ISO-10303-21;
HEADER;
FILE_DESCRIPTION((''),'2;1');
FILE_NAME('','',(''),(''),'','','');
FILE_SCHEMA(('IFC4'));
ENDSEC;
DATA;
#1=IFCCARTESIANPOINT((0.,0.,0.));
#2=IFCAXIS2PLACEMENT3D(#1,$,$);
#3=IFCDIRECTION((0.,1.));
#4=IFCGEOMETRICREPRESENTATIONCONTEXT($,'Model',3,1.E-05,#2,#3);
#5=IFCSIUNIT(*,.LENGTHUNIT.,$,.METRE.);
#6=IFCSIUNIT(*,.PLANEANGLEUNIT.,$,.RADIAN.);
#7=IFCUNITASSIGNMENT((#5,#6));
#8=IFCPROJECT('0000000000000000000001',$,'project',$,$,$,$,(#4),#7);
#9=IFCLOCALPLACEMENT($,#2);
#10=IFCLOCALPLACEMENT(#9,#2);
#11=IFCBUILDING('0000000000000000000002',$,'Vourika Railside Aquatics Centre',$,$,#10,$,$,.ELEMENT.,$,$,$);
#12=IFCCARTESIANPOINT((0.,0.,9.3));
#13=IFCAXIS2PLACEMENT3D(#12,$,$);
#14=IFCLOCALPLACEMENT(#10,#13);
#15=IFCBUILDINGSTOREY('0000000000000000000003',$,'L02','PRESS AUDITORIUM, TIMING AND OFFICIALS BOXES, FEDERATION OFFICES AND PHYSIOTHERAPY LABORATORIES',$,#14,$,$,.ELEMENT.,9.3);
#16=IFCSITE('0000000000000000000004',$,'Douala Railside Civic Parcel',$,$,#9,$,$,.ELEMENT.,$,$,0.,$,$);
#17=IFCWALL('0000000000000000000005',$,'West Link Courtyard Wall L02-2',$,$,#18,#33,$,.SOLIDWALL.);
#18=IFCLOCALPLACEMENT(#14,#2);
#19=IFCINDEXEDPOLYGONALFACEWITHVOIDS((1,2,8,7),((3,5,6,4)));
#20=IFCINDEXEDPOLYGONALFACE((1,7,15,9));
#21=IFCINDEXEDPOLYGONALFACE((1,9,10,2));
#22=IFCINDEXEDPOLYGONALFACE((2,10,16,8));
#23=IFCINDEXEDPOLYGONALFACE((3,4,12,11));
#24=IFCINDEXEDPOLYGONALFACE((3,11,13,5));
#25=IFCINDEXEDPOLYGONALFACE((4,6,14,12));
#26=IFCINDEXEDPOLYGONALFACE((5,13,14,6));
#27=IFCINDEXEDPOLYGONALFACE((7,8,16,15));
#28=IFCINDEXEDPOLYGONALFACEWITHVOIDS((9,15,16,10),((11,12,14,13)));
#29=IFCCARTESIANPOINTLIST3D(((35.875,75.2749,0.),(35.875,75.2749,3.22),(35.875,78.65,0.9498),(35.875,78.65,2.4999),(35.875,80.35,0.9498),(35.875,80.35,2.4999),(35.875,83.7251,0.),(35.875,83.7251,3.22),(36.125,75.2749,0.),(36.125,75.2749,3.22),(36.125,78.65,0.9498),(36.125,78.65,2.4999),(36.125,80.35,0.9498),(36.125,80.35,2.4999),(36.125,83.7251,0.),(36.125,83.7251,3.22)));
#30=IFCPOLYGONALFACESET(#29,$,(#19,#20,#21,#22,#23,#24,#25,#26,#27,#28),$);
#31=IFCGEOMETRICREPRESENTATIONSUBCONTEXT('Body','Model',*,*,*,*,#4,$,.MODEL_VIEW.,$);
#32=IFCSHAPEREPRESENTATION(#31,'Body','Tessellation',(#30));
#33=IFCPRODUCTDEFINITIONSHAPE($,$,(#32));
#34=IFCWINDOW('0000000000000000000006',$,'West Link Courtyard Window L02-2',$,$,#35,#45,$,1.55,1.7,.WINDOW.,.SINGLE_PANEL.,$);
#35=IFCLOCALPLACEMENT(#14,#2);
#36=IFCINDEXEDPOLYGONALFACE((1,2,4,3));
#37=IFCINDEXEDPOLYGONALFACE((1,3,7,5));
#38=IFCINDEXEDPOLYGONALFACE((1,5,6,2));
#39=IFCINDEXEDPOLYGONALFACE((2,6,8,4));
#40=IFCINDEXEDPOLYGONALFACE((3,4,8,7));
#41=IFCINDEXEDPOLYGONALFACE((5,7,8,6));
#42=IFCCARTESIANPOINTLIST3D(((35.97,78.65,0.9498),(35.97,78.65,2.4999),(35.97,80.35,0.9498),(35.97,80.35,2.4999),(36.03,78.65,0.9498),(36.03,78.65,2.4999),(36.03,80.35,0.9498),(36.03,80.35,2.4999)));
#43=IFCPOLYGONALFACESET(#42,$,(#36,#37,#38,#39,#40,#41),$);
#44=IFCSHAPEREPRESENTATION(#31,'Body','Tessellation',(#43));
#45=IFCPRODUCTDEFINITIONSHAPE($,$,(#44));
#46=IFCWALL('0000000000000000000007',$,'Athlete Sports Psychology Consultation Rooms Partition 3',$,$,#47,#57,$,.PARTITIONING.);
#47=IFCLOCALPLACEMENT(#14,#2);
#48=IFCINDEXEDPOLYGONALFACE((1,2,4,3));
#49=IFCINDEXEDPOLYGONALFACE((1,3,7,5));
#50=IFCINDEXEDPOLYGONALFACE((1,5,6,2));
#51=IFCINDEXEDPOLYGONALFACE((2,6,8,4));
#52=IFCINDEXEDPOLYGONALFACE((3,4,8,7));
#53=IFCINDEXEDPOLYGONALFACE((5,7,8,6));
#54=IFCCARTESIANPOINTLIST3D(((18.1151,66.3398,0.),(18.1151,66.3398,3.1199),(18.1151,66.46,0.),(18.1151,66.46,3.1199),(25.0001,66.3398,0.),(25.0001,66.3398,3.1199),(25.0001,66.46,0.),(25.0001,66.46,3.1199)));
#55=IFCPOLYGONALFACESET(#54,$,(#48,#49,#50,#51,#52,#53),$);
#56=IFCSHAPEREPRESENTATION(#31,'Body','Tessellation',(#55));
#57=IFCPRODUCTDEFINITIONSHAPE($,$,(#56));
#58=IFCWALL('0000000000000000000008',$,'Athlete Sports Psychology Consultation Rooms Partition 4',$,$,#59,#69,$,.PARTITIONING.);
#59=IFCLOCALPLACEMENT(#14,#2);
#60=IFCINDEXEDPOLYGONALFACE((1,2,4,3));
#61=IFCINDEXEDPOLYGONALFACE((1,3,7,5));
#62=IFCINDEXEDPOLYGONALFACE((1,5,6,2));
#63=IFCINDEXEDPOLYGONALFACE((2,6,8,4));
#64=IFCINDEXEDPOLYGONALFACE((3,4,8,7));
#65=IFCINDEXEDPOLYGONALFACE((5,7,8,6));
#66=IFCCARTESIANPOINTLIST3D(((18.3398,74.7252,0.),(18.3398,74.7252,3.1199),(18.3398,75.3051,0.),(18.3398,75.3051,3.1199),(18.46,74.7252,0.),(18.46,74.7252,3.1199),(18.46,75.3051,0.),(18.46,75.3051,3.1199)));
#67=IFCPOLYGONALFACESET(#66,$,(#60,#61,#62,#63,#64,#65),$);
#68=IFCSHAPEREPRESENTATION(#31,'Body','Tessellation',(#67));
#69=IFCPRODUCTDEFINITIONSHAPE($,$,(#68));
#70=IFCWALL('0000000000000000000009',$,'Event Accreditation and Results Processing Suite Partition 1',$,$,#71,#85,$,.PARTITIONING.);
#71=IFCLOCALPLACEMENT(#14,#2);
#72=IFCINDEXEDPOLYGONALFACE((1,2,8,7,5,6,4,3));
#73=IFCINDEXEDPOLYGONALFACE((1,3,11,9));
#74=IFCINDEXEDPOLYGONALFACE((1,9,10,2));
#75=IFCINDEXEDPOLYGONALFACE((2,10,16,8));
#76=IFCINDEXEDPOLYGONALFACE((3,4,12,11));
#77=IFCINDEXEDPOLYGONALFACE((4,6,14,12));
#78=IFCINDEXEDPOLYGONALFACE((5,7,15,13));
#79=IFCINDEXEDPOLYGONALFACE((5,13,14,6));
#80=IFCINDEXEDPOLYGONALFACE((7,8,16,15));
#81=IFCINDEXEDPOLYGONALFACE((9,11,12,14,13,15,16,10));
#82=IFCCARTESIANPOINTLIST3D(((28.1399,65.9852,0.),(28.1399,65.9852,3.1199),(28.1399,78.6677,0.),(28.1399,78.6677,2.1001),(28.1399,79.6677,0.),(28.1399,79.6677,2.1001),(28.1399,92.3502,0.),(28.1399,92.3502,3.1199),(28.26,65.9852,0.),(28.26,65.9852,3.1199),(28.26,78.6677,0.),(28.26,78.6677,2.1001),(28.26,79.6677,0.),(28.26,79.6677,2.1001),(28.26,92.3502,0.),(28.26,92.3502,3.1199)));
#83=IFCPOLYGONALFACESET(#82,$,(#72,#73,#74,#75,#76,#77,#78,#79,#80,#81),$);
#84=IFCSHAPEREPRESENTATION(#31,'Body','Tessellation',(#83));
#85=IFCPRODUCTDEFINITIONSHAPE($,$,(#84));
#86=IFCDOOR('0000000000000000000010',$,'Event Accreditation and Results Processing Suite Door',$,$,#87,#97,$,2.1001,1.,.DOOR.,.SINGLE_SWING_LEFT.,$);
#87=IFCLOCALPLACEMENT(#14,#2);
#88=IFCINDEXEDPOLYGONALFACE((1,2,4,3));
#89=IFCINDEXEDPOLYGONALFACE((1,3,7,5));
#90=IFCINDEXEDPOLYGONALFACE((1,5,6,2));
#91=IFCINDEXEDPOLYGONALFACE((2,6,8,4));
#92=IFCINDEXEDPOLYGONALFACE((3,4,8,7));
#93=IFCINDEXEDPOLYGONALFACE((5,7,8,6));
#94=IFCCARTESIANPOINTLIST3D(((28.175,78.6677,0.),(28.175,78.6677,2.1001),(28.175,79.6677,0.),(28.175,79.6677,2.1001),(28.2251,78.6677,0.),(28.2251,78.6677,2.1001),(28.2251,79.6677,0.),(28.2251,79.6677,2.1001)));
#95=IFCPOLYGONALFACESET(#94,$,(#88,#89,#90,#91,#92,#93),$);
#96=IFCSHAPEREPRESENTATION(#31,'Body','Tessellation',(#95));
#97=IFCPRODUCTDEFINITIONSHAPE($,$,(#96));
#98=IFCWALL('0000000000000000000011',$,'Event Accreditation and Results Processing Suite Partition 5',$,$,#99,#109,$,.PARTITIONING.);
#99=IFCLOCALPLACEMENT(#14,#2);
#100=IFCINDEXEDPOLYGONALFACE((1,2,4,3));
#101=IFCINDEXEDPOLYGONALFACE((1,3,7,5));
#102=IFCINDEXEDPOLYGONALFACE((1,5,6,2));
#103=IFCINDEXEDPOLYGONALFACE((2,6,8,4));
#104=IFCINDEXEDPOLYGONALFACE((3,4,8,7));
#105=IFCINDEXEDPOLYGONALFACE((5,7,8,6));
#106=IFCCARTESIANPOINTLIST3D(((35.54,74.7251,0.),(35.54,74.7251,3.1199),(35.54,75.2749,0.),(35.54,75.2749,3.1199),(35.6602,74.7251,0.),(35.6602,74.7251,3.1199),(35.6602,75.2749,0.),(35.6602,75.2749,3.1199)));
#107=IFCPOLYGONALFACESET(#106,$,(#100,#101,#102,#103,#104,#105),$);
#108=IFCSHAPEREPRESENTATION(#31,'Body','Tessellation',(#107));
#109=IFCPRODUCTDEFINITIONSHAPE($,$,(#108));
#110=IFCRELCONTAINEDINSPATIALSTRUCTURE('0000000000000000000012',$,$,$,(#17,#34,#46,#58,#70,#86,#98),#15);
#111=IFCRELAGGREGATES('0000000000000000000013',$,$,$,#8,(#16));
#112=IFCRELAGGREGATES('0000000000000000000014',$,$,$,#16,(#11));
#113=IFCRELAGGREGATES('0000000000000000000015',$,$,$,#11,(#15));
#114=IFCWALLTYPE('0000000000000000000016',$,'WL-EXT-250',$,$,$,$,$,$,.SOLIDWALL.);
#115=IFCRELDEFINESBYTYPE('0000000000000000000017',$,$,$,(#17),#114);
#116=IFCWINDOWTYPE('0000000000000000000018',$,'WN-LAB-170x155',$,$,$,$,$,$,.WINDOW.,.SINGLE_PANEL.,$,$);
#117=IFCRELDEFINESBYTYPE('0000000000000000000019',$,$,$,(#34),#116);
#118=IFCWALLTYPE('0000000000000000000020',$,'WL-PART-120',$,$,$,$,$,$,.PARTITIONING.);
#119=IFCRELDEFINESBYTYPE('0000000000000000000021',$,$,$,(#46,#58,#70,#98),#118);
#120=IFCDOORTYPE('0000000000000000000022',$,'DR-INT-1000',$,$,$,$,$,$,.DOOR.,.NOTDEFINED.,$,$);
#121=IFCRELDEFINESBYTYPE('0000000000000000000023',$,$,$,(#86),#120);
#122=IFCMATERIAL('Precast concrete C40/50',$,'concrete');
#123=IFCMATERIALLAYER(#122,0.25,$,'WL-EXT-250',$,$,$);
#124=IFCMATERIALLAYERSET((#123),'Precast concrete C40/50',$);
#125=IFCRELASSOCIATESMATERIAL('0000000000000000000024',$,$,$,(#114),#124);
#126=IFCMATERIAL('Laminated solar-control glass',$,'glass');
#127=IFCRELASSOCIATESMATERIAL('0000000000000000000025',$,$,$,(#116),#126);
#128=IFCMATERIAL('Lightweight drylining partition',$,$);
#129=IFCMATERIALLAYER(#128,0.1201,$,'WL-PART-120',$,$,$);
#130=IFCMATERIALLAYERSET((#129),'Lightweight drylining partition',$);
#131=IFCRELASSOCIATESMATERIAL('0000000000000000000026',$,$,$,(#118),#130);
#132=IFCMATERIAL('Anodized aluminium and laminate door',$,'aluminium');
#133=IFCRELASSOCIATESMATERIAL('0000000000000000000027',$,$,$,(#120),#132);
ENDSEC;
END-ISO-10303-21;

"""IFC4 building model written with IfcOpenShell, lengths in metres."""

from ifc_helpers import new_model, si_unit, direction, frame, frame_2d, origin, place, context, subcontext, project, spatial, rectangle, extrude, material, layer, layer_set, type_object, element, fill, save


model = new_model("IFC4")

# Units and contexts
model_context = context("Model", 3, precision=1e-05, world=origin(), true_north=direction((0.0, 1.0)))
body_context = subcontext(model_context, "Body", "Model", "MODEL_VIEW")
ifc_project = project(units=[si_unit("LENGTHUNIT", "METRE"), si_unit("PLANEANGLEUNIT", "RADIAN")], contexts=[model_context])

# Site, building, storey
site_placement = place(None, origin())
site = spatial("IfcSite", under=ifc_project, at=site_placement, Name="Douala Railside Civic Parcel", CompositionType="ELEMENT", RefElevation=0.0)
building_placement = place(site_placement, origin())
building = spatial("IfcBuilding", under=site, at=building_placement, Name="Vourika Railside Aquatics Centre", CompositionType="ELEMENT")
storey_placement = place(building_placement, frame((0.0, 0.0, 9.3)))
storey = spatial("IfcBuildingStorey", under=building, at=storey_placement, Name="L02", Description="PRESS AUDITORIUM, TIMING AND OFFICIALS BOXES, FEDERATION OFFICES AND PHYSIOTHERAPY LABORATORIES", CompositionType="ELEMENT", Elevation=9.3)

# Shared definitions
ifc_material_1 = material(Name="Precast concrete C40/50", Category="concrete")
ifc_layer_1 = layer(ifc_material_1, 0.25, Name="WL-EXT-250")
ifc_layer_set_1 = layer_set([ifc_layer_1], Name="Precast concrete C40/50")
wall_type_1 = type_object("IfcWallType", Name="WL-EXT-250", PredefinedType="SOLIDWALL", material=ifc_layer_set_1)

# Wall, opening, window
ifc_material_2 = material(Name="Laminated solar-control glass", Category="glass")
window_type = type_object("IfcWindowType", Name="WN-LAB-170x155", PartitioningType="SINGLE_PANEL", PredefinedType="WINDOW", material=ifc_material_2)
wall_1_placement = place(storey_placement, frame((36.0, 75.2749, 0.0), z_axis=(0.0, 0.0, 1.0), x_axis=(0.0, 1.0, 0.0)))
wall_1 = element("IfcWall", 1, at=wall_1_placement, inside=storey, type_object=wall_type_1, Name="West Link Courtyard Wall L02-2", PredefinedType="SOLIDWALL", context=body_context, shape_type="SweptSolid", body=[
    extrude(rectangle(XDim=8.4502, YDim=0.25, at=frame_2d((4.2251, 0.0))), origin(), (0.0, 0.0, 1.0), 3.22),
])
opening_1_placement = place(wall_1_placement, frame((3.375, 0.0, 0.95)))
opening_1 = element("IfcOpeningElement", 2, at=opening_1_placement, cuts=wall_1, PredefinedType="OPENING", context=body_context, shape_type="SweptSolid", body=[
    extrude(rectangle(XDim=1.7, YDim=1.55, at=frame_2d((0.8501, 0.7749))), frame((0.0, 0.135, 0.0), z_axis=(0.0, -1.0, 0.0), x_axis=(1.0, 0.0, 0.0)), (0.0, 0.0, 1.0), 0.27),
])
window_1_placement = place(opening_1_placement, origin())
window_1 = element("IfcWindow", 3, at=window_1_placement, inside=storey, type_object=window_type, Name="West Link Courtyard Window L02-2", OverallHeight=1.55, OverallWidth=1.7, PartitioningType="SINGLE_PANEL", PredefinedType="WINDOW", context=body_context, shape_type="SweptSolid", body=[
    extrude(rectangle(XDim=1.7, YDim=1.55, at=frame_2d((0.8501, 0.7749))), frame((0.0, 0.03, 0.0), z_axis=(0.0, -1.0, 0.0), x_axis=(1.0, 0.0, 0.0)), (0.0, 0.0, 1.0), 0.0601),
])
fill(opening_1, window_1)

# Walls
ifc_material_3 = material(Name="Lightweight drylining partition")
ifc_layer_2 = layer(ifc_material_3, 0.1201, Name="WL-PART-120")
ifc_layer_set_2 = layer_set([ifc_layer_2], Name="Lightweight drylining partition")
wall_type_2 = type_object("IfcWallType", Name="WL-PART-120", PredefinedType="PARTITIONING", material=ifc_layer_set_2)
wall_2_placement = place(storey_placement, frame((25.0, 66.3999, 0.0), z_axis=(0.0, 0.0, 1.0), x_axis=(-1.0, 0.0, 0.0)))
element("IfcWall", 4, at=wall_2_placement, inside=storey, type_object=wall_type_2, Name="Athlete Sports Psychology Consultation Rooms Partition 3", PredefinedType="PARTITIONING", context=body_context, shape_type="SweptSolid", body=[
    extrude(rectangle(XDim=6.885, YDim=0.1201, at=frame_2d((3.4424, 0.0))), origin(), (0.0, 0.0, 1.0), 3.1199),
])
wall_3_placement = place(storey_placement, frame((18.3999, 74.7251, 0.0), z_axis=(0.0, 0.0, 1.0), x_axis=(0.0, 1.0, 0.0)))
element("IfcWall", 5, at=wall_3_placement, inside=storey, type_object=wall_type_2, Name="Athlete Sports Psychology Consultation Rooms Partition 4", PredefinedType="PARTITIONING", context=body_context, shape_type="SweptSolid", body=[
    extrude(rectangle(XDim=0.5798, YDim=0.1201, at=frame_2d((0.29, 0.0))), origin(), (0.0, 0.0, 1.0), 3.1199),
])

# Wall, opening, door
wall_4_placement = place(storey_placement, frame((28.2, 65.9851, 0.0), z_axis=(0.0, 0.0, 1.0), x_axis=(0.0, 1.0, 0.0)))
wall_4 = element("IfcWall", 6, at=wall_4_placement, inside=storey, type_object=wall_type_2, Name="Event Accreditation and Results Processing Suite Partition 1", PredefinedType="PARTITIONING", context=body_context, shape_type="SweptSolid", body=[
    extrude(rectangle(XDim=26.365, YDim=0.1201, at=frame_2d((13.1826, 0.0))), origin(), (0.0, 0.0, 1.0), 3.1199),
])
opening_2_placement = place(wall_4_placement, frame((12.6826, 0.0, 0.0)))
opening_2 = element("IfcOpeningElement", 7, at=opening_2_placement, cuts=wall_4, PredefinedType="OPENING", context=body_context, shape_type="SweptSolid", body=[
    extrude(rectangle(XDim=1.0, YDim=2.1001, at=frame_2d((0.5, 1.05))), frame((0.0, 0.0701, 0.0), z_axis=(0.0, -1.0, 0.0), x_axis=(1.0, 0.0, 0.0)), (0.0, 0.0, 1.0), 0.1401),
])
ifc_material_4 = material(Name="Anodized aluminium and laminate door", Category="aluminium")
door_type = type_object("IfcDoorType", Name="DR-INT-1000", OperationType="NOTDEFINED", PredefinedType="DOOR", material=ifc_material_4)
door_placement = place(opening_2_placement, origin())
door = element("IfcDoor", 8, at=door_placement, inside=storey, type_object=door_type, Name="Event Accreditation and Results Processing Suite Door", OperationType="SINGLE_SWING_LEFT", OverallHeight=2.1001, OverallWidth=1.0, PredefinedType="DOOR", context=body_context, shape_type="SweptSolid", body=[
    extrude(rectangle(XDim=1.0, YDim=2.1001, at=frame_2d((0.5, 1.05))), frame((0.0, 0.0249, 0.0), z_axis=(0.0, -1.0, 0.0), x_axis=(1.0, 0.0, 0.0)), (0.0, 0.0, 1.0), 0.05),
])
fill(opening_2, door)

# Wall
wall_5_placement = place(storey_placement, frame((35.6001, 75.2749, 0.0), z_axis=(0.0, 0.0, 1.0), x_axis=(0.0, -1.0, 0.0)))
element("IfcWall", 9, at=wall_5_placement, inside=storey, type_object=wall_type_2, Name="Event Accreditation and Results Processing Suite Partition 5", PredefinedType="PARTITIONING", context=body_context, shape_type="SweptSolid", body=[
    extrude(rectangle(XDim=0.5498, YDim=0.1201, at=frame_2d((0.2749, 0.0))), origin(), (0.0, 0.0, 1.0), 3.1199),
])

save(model, "model.ifc")
